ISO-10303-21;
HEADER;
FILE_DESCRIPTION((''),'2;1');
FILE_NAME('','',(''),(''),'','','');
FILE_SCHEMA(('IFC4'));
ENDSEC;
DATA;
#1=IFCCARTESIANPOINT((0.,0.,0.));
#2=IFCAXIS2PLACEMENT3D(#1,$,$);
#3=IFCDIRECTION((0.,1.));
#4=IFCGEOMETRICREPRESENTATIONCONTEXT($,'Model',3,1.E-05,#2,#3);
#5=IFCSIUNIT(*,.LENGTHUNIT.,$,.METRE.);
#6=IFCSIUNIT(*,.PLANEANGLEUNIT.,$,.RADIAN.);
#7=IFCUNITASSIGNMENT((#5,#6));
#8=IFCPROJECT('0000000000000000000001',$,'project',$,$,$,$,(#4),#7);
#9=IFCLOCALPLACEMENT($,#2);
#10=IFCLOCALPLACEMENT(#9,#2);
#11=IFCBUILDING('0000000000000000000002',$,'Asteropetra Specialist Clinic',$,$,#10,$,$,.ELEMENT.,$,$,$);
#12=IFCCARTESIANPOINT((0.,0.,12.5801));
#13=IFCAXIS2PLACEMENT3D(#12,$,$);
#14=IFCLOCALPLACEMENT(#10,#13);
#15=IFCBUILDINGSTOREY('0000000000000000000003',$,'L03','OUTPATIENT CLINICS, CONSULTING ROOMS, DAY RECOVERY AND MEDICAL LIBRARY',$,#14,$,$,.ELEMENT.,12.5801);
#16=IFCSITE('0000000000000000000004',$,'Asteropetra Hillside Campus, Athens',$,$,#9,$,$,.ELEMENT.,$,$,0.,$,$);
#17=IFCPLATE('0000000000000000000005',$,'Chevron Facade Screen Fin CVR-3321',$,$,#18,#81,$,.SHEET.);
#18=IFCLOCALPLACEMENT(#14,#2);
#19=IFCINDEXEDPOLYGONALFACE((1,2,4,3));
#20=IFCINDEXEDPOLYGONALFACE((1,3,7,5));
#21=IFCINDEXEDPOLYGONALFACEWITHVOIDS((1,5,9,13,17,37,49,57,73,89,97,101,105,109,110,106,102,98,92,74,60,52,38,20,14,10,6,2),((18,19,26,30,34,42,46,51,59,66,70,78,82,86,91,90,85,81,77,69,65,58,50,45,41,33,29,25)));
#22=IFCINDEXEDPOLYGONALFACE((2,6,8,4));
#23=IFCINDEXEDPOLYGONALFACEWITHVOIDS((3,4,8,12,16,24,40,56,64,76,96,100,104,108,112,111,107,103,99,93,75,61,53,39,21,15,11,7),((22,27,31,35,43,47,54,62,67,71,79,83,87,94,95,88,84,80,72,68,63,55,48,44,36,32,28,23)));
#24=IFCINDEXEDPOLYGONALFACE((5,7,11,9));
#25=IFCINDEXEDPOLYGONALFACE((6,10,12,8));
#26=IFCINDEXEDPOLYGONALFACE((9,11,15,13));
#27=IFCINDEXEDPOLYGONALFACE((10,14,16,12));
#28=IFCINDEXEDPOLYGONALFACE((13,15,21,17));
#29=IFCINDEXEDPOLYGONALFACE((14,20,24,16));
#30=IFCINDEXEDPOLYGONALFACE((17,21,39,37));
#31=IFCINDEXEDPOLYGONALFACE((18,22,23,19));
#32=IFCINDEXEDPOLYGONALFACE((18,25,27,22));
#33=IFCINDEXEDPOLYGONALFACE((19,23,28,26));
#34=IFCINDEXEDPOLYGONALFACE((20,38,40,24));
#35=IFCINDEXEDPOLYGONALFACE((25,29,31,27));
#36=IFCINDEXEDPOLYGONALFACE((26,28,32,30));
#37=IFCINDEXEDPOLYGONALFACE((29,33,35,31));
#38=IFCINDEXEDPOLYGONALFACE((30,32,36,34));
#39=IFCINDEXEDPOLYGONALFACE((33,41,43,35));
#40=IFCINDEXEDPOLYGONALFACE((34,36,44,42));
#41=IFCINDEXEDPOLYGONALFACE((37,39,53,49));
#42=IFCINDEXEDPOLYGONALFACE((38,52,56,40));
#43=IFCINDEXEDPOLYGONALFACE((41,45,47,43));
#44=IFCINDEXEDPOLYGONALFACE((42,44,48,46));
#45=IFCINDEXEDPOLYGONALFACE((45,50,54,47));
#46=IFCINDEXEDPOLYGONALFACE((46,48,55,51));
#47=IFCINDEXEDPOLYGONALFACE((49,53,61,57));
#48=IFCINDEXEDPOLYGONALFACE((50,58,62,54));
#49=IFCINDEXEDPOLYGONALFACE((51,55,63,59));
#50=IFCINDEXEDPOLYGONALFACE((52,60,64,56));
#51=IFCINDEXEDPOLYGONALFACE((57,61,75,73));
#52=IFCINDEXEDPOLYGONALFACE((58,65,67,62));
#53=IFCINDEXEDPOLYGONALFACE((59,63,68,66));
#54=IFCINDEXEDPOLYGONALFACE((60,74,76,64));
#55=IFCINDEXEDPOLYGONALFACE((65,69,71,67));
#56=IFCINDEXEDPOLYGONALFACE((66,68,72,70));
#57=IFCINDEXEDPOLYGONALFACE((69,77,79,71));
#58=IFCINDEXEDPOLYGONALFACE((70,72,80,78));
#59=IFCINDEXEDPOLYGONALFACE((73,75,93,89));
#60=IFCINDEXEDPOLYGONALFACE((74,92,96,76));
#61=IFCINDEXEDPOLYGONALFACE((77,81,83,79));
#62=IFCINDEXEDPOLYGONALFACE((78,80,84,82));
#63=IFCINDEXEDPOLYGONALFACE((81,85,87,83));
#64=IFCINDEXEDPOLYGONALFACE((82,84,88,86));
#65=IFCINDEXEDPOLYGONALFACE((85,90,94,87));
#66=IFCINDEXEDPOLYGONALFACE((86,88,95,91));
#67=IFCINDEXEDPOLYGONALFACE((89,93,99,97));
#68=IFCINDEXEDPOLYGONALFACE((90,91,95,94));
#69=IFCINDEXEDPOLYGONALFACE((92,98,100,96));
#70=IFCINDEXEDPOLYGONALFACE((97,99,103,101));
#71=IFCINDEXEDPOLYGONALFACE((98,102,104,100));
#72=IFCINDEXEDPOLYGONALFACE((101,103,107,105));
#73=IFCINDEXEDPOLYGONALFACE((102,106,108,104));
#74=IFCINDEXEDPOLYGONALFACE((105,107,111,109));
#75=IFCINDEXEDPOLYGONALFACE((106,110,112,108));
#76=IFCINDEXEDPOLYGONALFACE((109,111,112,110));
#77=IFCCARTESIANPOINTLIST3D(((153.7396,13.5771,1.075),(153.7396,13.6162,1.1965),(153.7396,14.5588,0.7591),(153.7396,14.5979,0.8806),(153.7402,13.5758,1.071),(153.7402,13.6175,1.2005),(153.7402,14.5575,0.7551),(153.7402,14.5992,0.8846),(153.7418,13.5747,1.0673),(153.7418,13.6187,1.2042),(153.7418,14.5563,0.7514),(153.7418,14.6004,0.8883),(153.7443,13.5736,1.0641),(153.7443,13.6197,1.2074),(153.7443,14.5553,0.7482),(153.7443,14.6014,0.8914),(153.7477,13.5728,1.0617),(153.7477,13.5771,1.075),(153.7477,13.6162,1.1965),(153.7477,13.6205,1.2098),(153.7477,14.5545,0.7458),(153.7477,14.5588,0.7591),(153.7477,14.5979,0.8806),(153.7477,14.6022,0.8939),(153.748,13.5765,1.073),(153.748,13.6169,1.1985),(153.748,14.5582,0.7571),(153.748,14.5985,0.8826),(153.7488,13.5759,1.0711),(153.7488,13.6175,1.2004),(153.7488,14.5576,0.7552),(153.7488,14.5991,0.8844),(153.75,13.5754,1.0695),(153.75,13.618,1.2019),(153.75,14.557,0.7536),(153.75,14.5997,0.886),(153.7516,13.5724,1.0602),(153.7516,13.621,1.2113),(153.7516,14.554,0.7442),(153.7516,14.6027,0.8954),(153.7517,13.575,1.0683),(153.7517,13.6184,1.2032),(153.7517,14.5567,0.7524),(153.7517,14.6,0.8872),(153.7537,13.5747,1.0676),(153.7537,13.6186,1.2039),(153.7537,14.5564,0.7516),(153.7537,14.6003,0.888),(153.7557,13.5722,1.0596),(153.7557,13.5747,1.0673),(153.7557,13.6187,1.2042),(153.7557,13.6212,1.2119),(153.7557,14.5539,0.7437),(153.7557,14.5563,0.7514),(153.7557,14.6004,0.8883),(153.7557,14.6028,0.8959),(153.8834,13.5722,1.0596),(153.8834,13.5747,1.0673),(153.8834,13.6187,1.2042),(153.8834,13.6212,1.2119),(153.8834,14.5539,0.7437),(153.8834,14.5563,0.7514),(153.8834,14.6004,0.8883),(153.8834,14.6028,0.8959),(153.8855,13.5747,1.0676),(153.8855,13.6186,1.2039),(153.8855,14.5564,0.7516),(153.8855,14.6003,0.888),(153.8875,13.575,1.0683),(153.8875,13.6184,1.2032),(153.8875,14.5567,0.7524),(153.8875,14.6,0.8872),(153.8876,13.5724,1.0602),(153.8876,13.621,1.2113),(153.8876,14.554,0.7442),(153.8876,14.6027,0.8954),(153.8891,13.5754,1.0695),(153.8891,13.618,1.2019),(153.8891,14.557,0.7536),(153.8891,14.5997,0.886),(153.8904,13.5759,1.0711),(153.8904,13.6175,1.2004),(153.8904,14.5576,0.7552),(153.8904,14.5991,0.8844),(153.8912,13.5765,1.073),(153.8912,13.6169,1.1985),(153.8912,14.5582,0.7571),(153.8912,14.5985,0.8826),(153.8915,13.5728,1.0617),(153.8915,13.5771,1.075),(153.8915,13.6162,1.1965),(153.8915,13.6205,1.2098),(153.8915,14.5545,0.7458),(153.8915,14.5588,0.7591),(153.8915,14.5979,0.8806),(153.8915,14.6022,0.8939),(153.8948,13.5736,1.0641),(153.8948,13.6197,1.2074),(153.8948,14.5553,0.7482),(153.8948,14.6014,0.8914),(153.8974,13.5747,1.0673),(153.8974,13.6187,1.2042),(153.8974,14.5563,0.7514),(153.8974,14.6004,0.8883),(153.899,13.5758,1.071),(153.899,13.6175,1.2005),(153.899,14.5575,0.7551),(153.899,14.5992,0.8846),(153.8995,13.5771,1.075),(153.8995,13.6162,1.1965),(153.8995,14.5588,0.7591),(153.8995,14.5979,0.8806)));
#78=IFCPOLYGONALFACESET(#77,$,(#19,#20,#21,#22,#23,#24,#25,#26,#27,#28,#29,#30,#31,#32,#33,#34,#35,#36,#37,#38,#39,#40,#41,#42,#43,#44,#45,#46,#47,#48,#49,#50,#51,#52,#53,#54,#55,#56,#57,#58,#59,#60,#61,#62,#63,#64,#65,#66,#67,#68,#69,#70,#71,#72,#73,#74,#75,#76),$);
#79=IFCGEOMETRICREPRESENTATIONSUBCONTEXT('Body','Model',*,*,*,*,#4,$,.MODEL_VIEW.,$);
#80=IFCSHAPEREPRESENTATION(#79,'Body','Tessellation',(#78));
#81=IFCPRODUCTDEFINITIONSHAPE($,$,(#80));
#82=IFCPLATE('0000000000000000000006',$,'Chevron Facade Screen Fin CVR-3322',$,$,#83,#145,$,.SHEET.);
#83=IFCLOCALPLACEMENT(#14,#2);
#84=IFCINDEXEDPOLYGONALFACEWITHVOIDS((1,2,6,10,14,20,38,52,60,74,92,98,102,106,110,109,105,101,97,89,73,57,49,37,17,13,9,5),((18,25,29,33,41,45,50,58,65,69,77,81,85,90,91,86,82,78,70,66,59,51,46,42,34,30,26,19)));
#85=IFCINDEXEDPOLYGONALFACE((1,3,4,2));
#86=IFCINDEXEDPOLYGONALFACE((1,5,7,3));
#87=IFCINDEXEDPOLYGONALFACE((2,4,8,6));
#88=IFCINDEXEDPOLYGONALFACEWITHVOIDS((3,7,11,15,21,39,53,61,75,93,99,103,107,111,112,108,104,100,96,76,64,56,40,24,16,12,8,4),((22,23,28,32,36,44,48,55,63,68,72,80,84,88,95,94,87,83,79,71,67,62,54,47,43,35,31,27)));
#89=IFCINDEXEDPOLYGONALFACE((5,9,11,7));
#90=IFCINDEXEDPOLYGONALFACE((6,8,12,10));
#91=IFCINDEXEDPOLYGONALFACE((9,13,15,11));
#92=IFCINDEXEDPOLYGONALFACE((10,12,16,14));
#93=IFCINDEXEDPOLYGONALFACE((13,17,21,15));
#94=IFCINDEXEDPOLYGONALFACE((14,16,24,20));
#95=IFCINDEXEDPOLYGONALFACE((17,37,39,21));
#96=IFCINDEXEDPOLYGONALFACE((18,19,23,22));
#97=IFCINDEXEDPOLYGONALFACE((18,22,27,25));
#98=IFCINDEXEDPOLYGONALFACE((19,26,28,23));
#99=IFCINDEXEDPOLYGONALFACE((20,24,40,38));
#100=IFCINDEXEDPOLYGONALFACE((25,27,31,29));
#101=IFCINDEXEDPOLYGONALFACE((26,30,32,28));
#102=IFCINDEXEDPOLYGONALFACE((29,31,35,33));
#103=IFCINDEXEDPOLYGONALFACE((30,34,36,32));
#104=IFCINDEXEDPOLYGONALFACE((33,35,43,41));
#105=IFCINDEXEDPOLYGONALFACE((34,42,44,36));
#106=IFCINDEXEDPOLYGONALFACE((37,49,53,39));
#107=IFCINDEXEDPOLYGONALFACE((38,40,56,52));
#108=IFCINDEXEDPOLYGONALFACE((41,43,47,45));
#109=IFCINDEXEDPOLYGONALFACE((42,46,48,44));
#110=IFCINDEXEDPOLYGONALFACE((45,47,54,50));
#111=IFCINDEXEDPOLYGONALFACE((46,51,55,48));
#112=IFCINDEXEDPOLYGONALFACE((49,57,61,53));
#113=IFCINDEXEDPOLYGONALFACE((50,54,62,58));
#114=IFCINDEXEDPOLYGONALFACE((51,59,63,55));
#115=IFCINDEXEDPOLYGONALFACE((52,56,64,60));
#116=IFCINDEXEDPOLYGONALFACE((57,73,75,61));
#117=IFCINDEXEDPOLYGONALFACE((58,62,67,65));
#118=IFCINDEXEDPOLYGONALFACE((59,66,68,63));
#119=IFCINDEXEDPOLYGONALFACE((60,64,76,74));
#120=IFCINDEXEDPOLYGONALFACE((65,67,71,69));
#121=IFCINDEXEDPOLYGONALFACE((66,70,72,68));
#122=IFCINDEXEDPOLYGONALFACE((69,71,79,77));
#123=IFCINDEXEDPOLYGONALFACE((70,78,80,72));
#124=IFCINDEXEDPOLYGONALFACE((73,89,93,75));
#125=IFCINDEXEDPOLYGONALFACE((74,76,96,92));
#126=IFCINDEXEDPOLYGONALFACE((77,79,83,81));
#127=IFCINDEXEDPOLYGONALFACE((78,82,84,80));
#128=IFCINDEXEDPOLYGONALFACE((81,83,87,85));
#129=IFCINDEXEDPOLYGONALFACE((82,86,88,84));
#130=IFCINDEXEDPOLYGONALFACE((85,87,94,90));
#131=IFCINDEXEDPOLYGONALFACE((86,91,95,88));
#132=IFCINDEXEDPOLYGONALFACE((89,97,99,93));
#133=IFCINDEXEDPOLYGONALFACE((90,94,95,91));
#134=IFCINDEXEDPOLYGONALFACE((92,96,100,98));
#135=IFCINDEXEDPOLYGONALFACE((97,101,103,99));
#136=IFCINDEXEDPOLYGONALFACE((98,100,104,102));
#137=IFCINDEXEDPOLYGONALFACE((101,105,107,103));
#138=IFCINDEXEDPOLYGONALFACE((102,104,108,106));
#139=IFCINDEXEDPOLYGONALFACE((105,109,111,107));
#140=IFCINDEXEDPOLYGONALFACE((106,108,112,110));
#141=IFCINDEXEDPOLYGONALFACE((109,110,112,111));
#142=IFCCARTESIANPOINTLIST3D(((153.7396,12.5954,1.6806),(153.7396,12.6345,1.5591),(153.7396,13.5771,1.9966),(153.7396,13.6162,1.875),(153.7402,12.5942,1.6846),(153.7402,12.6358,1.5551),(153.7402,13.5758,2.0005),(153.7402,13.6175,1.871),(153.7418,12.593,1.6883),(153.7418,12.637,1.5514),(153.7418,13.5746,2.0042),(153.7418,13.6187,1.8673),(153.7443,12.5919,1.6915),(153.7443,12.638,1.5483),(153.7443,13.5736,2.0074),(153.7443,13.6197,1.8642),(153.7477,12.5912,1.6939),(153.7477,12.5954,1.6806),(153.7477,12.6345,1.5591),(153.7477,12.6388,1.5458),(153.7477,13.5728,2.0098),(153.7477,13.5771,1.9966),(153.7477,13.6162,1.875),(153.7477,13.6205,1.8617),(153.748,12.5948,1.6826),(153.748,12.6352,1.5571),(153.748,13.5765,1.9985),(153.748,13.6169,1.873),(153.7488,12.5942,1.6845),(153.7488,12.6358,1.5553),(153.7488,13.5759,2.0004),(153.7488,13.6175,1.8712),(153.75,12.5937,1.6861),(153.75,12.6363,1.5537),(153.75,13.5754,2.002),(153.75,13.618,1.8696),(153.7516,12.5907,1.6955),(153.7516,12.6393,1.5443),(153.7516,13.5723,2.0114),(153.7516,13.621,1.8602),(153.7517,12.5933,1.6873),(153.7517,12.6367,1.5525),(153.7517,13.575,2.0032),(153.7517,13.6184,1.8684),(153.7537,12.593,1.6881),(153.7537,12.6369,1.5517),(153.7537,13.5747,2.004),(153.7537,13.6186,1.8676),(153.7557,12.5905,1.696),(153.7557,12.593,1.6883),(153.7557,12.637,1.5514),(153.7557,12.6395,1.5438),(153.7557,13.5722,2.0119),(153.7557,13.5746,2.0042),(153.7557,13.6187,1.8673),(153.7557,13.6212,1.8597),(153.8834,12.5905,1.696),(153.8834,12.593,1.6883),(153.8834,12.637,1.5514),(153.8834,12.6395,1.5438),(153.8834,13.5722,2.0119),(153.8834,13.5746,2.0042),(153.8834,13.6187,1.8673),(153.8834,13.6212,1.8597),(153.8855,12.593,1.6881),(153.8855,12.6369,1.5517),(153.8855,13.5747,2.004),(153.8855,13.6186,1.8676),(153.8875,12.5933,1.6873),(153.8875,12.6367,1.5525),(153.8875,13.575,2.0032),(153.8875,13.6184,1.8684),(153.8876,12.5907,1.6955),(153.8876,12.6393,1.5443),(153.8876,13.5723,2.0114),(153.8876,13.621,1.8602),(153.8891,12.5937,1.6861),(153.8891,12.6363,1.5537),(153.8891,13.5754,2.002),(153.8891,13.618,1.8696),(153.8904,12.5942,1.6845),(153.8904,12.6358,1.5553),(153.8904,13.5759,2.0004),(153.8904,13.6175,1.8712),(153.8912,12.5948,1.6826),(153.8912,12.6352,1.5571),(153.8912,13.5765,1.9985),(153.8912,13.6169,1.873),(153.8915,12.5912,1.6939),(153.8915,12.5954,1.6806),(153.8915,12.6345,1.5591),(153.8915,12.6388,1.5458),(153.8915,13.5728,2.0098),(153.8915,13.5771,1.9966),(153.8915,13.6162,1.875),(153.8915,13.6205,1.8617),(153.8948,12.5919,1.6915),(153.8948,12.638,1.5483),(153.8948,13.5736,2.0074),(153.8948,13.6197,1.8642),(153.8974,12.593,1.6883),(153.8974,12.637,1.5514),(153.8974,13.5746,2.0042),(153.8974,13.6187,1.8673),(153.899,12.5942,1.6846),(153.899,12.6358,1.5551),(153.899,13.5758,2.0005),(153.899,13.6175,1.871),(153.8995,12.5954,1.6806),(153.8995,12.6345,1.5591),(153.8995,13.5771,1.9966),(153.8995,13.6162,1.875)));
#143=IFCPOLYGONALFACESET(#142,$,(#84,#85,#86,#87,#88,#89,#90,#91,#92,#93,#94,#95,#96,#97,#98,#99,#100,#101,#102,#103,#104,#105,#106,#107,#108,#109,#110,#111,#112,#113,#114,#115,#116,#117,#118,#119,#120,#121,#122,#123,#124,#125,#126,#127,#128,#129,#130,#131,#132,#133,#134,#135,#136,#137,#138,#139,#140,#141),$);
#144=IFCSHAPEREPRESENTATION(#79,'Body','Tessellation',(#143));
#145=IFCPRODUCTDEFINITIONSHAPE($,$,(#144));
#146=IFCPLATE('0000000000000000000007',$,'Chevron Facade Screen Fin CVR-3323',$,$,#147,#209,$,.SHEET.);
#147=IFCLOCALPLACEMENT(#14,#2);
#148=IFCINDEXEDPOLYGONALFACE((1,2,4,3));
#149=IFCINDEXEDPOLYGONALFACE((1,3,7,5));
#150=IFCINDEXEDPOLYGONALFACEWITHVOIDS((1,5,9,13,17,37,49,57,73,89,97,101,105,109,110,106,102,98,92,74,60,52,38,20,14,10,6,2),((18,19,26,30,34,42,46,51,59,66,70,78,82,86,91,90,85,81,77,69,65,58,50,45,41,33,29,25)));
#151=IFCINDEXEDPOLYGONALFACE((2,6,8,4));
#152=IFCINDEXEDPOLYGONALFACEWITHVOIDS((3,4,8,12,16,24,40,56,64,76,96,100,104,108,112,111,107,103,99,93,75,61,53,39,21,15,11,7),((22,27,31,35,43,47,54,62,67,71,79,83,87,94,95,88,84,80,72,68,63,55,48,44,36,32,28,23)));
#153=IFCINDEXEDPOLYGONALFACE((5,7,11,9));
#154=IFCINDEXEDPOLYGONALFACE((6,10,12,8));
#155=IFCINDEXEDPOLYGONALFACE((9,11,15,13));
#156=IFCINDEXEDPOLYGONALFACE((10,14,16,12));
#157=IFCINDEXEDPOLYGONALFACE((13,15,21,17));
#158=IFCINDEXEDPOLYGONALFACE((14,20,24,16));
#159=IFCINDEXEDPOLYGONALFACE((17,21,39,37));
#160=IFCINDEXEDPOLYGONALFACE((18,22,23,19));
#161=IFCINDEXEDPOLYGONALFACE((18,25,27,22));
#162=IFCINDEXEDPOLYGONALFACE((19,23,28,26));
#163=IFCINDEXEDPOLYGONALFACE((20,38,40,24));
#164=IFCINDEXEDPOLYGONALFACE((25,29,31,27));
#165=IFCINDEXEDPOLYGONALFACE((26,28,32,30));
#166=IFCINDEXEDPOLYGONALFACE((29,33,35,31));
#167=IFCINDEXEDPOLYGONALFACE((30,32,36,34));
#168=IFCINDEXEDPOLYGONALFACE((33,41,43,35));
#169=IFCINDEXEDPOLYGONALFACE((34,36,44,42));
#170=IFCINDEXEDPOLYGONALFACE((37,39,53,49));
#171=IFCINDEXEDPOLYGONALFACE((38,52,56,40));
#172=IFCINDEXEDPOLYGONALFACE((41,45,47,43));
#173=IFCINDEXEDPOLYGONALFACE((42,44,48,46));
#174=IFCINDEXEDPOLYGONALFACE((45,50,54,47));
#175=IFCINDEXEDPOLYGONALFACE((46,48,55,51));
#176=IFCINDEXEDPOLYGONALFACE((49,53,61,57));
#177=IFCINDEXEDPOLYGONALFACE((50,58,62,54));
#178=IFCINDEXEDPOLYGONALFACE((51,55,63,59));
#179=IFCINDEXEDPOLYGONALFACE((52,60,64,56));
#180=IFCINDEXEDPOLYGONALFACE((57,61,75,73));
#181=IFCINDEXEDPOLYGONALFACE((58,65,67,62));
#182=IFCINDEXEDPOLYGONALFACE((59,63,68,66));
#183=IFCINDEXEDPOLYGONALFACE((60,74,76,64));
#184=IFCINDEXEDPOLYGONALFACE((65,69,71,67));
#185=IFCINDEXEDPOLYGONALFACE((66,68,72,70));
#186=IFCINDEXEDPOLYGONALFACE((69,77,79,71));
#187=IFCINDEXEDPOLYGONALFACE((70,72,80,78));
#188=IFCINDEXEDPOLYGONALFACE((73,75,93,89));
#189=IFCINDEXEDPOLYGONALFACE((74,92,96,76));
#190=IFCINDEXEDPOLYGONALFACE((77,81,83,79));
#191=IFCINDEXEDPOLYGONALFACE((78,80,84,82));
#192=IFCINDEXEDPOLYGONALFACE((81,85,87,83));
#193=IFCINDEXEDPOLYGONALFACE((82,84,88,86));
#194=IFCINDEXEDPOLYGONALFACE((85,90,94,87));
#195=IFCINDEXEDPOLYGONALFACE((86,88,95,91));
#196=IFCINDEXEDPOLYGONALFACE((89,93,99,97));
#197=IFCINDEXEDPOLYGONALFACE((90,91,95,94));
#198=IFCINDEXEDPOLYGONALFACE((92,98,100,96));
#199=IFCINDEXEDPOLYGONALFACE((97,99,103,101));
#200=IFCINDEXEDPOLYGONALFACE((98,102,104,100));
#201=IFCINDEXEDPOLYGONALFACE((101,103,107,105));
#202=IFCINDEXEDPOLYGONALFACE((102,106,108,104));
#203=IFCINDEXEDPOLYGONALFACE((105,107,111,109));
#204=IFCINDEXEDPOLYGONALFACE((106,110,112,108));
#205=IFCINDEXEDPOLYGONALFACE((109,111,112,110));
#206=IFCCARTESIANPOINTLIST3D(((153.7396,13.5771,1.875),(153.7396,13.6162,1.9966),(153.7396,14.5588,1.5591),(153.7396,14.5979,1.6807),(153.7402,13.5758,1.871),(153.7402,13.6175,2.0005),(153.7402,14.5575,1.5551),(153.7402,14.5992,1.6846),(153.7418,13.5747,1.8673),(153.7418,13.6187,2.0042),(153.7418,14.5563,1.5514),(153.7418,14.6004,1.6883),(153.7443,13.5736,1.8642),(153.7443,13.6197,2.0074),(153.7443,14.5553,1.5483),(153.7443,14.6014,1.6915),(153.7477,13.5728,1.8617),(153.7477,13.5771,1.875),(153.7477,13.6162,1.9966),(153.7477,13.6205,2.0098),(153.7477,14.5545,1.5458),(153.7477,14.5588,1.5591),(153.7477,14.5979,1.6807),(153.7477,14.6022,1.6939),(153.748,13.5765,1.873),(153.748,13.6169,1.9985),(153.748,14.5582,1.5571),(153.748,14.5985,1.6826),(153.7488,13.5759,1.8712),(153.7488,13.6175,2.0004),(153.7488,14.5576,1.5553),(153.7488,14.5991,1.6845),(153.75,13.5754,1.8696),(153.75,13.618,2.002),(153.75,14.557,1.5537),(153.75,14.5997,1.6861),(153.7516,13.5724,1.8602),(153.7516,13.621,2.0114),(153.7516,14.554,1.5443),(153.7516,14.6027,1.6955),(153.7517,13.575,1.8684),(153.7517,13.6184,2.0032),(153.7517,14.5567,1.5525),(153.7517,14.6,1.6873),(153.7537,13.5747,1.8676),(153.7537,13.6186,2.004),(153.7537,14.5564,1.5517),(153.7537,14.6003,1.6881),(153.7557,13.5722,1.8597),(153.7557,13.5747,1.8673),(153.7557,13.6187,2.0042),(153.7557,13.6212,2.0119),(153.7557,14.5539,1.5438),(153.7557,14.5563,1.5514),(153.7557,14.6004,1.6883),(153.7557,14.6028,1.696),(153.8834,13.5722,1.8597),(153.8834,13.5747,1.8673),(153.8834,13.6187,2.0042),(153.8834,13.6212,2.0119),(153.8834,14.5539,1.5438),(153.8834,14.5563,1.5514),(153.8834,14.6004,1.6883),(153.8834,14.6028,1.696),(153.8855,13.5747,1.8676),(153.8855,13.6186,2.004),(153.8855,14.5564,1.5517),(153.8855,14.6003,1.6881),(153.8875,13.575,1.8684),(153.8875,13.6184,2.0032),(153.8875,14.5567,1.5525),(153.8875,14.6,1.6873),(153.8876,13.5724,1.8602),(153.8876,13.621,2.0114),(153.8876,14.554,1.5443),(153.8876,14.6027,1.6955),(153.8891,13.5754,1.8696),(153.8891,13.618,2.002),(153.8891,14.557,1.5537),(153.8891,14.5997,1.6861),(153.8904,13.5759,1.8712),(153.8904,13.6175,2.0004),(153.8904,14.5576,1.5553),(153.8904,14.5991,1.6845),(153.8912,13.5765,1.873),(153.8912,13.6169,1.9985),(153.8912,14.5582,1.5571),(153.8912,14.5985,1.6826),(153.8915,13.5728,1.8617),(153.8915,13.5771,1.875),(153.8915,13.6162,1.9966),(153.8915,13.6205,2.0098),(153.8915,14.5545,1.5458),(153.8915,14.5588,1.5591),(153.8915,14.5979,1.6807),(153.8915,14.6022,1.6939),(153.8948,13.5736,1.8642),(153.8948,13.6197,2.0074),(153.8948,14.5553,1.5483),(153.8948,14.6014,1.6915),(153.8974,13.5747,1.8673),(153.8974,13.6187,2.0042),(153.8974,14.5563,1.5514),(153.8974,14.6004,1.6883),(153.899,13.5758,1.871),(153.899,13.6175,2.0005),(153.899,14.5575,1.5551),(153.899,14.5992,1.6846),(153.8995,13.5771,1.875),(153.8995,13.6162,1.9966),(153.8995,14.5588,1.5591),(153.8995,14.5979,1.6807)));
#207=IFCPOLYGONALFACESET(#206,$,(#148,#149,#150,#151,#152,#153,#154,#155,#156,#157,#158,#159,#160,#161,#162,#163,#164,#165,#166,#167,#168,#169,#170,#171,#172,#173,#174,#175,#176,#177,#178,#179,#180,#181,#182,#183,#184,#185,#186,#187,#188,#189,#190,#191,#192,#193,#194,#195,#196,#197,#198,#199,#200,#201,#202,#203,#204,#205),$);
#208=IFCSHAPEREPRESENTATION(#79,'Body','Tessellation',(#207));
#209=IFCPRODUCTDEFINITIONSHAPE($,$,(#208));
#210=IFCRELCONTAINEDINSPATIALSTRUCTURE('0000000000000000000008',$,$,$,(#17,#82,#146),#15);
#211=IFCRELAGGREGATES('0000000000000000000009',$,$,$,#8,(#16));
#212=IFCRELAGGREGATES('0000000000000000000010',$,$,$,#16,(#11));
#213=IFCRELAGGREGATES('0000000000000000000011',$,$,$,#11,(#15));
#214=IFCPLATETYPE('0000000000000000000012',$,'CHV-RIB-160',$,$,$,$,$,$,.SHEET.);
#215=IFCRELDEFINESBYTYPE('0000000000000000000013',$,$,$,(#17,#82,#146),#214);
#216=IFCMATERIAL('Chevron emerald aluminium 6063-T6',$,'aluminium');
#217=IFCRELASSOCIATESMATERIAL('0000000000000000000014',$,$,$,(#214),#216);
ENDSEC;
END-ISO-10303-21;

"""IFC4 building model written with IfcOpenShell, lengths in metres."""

from ifc_helpers import new_model, si_unit, direction, frame, origin, origin_2d, place, context, subcontext, project, spatial, hollow_rectangle, extrude, material, material_profile, profile_set, type_object, element, save


model = new_model("IFC4")

# Units and contexts
model_context = context("Model", 3, precision=1e-05, world=origin(), true_north=direction((0.0, 1.0)))
body_context = subcontext(model_context, "Body", "Model", "MODEL_VIEW")
ifc_project = project(units=[si_unit("LENGTHUNIT", "METRE"), si_unit("PLANEANGLEUNIT", "RADIAN")], contexts=[model_context])

# Site, building, storey
site_placement = place(None, origin())
site = spatial("IfcSite", under=ifc_project, at=site_placement, Name="Asteropetra Hillside Campus, Athens", CompositionType="ELEMENT", RefElevation=0.0)
building_placement = place(site_placement, origin())
building = spatial("IfcBuilding", under=site, at=building_placement, Name="Asteropetra Specialist Clinic", CompositionType="ELEMENT")
storey_placement = place(building_placement, frame((0.0, 0.0, 12.5801)))
storey = spatial("IfcBuildingStorey", under=building, at=storey_placement, Name="L03", Description="OUTPATIENT CLINICS, CONSULTING ROOMS, DAY RECOVERY AND MEDICAL LIBRARY", CompositionType="ELEMENT", Elevation=12.5801)

# Plates
ifc_material_1 = material(Name="Chevron emerald aluminium 6063-T6", Category="aluminium")
ifc_material_profile_1 = material_profile(ifc_material_1, hollow_rectangle(XDim=0.1599, YDim=0.1599, WallThickness=0.0081, InnerFilletRadius=0.0081, OuterFilletRadius=0.0161, at=origin_2d()), Name="SHS 160x160x8.0")
ifc_profile_set_1 = profile_set([ifc_material_profile_1], Name="Chevron emerald aluminium 6063-T6")
plate_type = type_object("IfcPlateType", Name="CHV-RIB-160", PredefinedType="SHEET", material=ifc_profile_set_1)
for number, where, z_axis, x_axis, name in (
    (1, (153.8196, 13.5967, 1.1357), (0.0, 0.951923, -0.306339), (-1.0, 0.0, 0.0), "Chevron Facade Screen Fin CVR-3321"),
    (2, (153.8196, 12.615, 1.6199), (0.0, 0.951923, 0.306339), (-1.0, 0.0, 0.0), "Chevron Facade Screen Fin CVR-3322"),
    (3, (153.8196, 13.5967, 1.9358), (0.0, 0.951923, -0.306339), (-1.0, 0.0, 0.0), "Chevron Facade Screen Fin CVR-3323"),
):
    element("IfcPlate", number, at=place(storey_placement, frame(where, z_axis=z_axis, x_axis=x_axis)), inside=storey, type_object=plate_type, Name=name, PredefinedType="SHEET", context=body_context, shape_type="SweptSolid", body=[
        extrude(hollow_rectangle(XDim=0.1599, YDim=0.1599, WallThickness=0.0081, InnerFilletRadius=0.0081, OuterFilletRadius=0.0161, at=origin_2d()), origin(), (0.0, 0.0, 1.0), 1.0312),
    ])

save(model, "model.ifc")
